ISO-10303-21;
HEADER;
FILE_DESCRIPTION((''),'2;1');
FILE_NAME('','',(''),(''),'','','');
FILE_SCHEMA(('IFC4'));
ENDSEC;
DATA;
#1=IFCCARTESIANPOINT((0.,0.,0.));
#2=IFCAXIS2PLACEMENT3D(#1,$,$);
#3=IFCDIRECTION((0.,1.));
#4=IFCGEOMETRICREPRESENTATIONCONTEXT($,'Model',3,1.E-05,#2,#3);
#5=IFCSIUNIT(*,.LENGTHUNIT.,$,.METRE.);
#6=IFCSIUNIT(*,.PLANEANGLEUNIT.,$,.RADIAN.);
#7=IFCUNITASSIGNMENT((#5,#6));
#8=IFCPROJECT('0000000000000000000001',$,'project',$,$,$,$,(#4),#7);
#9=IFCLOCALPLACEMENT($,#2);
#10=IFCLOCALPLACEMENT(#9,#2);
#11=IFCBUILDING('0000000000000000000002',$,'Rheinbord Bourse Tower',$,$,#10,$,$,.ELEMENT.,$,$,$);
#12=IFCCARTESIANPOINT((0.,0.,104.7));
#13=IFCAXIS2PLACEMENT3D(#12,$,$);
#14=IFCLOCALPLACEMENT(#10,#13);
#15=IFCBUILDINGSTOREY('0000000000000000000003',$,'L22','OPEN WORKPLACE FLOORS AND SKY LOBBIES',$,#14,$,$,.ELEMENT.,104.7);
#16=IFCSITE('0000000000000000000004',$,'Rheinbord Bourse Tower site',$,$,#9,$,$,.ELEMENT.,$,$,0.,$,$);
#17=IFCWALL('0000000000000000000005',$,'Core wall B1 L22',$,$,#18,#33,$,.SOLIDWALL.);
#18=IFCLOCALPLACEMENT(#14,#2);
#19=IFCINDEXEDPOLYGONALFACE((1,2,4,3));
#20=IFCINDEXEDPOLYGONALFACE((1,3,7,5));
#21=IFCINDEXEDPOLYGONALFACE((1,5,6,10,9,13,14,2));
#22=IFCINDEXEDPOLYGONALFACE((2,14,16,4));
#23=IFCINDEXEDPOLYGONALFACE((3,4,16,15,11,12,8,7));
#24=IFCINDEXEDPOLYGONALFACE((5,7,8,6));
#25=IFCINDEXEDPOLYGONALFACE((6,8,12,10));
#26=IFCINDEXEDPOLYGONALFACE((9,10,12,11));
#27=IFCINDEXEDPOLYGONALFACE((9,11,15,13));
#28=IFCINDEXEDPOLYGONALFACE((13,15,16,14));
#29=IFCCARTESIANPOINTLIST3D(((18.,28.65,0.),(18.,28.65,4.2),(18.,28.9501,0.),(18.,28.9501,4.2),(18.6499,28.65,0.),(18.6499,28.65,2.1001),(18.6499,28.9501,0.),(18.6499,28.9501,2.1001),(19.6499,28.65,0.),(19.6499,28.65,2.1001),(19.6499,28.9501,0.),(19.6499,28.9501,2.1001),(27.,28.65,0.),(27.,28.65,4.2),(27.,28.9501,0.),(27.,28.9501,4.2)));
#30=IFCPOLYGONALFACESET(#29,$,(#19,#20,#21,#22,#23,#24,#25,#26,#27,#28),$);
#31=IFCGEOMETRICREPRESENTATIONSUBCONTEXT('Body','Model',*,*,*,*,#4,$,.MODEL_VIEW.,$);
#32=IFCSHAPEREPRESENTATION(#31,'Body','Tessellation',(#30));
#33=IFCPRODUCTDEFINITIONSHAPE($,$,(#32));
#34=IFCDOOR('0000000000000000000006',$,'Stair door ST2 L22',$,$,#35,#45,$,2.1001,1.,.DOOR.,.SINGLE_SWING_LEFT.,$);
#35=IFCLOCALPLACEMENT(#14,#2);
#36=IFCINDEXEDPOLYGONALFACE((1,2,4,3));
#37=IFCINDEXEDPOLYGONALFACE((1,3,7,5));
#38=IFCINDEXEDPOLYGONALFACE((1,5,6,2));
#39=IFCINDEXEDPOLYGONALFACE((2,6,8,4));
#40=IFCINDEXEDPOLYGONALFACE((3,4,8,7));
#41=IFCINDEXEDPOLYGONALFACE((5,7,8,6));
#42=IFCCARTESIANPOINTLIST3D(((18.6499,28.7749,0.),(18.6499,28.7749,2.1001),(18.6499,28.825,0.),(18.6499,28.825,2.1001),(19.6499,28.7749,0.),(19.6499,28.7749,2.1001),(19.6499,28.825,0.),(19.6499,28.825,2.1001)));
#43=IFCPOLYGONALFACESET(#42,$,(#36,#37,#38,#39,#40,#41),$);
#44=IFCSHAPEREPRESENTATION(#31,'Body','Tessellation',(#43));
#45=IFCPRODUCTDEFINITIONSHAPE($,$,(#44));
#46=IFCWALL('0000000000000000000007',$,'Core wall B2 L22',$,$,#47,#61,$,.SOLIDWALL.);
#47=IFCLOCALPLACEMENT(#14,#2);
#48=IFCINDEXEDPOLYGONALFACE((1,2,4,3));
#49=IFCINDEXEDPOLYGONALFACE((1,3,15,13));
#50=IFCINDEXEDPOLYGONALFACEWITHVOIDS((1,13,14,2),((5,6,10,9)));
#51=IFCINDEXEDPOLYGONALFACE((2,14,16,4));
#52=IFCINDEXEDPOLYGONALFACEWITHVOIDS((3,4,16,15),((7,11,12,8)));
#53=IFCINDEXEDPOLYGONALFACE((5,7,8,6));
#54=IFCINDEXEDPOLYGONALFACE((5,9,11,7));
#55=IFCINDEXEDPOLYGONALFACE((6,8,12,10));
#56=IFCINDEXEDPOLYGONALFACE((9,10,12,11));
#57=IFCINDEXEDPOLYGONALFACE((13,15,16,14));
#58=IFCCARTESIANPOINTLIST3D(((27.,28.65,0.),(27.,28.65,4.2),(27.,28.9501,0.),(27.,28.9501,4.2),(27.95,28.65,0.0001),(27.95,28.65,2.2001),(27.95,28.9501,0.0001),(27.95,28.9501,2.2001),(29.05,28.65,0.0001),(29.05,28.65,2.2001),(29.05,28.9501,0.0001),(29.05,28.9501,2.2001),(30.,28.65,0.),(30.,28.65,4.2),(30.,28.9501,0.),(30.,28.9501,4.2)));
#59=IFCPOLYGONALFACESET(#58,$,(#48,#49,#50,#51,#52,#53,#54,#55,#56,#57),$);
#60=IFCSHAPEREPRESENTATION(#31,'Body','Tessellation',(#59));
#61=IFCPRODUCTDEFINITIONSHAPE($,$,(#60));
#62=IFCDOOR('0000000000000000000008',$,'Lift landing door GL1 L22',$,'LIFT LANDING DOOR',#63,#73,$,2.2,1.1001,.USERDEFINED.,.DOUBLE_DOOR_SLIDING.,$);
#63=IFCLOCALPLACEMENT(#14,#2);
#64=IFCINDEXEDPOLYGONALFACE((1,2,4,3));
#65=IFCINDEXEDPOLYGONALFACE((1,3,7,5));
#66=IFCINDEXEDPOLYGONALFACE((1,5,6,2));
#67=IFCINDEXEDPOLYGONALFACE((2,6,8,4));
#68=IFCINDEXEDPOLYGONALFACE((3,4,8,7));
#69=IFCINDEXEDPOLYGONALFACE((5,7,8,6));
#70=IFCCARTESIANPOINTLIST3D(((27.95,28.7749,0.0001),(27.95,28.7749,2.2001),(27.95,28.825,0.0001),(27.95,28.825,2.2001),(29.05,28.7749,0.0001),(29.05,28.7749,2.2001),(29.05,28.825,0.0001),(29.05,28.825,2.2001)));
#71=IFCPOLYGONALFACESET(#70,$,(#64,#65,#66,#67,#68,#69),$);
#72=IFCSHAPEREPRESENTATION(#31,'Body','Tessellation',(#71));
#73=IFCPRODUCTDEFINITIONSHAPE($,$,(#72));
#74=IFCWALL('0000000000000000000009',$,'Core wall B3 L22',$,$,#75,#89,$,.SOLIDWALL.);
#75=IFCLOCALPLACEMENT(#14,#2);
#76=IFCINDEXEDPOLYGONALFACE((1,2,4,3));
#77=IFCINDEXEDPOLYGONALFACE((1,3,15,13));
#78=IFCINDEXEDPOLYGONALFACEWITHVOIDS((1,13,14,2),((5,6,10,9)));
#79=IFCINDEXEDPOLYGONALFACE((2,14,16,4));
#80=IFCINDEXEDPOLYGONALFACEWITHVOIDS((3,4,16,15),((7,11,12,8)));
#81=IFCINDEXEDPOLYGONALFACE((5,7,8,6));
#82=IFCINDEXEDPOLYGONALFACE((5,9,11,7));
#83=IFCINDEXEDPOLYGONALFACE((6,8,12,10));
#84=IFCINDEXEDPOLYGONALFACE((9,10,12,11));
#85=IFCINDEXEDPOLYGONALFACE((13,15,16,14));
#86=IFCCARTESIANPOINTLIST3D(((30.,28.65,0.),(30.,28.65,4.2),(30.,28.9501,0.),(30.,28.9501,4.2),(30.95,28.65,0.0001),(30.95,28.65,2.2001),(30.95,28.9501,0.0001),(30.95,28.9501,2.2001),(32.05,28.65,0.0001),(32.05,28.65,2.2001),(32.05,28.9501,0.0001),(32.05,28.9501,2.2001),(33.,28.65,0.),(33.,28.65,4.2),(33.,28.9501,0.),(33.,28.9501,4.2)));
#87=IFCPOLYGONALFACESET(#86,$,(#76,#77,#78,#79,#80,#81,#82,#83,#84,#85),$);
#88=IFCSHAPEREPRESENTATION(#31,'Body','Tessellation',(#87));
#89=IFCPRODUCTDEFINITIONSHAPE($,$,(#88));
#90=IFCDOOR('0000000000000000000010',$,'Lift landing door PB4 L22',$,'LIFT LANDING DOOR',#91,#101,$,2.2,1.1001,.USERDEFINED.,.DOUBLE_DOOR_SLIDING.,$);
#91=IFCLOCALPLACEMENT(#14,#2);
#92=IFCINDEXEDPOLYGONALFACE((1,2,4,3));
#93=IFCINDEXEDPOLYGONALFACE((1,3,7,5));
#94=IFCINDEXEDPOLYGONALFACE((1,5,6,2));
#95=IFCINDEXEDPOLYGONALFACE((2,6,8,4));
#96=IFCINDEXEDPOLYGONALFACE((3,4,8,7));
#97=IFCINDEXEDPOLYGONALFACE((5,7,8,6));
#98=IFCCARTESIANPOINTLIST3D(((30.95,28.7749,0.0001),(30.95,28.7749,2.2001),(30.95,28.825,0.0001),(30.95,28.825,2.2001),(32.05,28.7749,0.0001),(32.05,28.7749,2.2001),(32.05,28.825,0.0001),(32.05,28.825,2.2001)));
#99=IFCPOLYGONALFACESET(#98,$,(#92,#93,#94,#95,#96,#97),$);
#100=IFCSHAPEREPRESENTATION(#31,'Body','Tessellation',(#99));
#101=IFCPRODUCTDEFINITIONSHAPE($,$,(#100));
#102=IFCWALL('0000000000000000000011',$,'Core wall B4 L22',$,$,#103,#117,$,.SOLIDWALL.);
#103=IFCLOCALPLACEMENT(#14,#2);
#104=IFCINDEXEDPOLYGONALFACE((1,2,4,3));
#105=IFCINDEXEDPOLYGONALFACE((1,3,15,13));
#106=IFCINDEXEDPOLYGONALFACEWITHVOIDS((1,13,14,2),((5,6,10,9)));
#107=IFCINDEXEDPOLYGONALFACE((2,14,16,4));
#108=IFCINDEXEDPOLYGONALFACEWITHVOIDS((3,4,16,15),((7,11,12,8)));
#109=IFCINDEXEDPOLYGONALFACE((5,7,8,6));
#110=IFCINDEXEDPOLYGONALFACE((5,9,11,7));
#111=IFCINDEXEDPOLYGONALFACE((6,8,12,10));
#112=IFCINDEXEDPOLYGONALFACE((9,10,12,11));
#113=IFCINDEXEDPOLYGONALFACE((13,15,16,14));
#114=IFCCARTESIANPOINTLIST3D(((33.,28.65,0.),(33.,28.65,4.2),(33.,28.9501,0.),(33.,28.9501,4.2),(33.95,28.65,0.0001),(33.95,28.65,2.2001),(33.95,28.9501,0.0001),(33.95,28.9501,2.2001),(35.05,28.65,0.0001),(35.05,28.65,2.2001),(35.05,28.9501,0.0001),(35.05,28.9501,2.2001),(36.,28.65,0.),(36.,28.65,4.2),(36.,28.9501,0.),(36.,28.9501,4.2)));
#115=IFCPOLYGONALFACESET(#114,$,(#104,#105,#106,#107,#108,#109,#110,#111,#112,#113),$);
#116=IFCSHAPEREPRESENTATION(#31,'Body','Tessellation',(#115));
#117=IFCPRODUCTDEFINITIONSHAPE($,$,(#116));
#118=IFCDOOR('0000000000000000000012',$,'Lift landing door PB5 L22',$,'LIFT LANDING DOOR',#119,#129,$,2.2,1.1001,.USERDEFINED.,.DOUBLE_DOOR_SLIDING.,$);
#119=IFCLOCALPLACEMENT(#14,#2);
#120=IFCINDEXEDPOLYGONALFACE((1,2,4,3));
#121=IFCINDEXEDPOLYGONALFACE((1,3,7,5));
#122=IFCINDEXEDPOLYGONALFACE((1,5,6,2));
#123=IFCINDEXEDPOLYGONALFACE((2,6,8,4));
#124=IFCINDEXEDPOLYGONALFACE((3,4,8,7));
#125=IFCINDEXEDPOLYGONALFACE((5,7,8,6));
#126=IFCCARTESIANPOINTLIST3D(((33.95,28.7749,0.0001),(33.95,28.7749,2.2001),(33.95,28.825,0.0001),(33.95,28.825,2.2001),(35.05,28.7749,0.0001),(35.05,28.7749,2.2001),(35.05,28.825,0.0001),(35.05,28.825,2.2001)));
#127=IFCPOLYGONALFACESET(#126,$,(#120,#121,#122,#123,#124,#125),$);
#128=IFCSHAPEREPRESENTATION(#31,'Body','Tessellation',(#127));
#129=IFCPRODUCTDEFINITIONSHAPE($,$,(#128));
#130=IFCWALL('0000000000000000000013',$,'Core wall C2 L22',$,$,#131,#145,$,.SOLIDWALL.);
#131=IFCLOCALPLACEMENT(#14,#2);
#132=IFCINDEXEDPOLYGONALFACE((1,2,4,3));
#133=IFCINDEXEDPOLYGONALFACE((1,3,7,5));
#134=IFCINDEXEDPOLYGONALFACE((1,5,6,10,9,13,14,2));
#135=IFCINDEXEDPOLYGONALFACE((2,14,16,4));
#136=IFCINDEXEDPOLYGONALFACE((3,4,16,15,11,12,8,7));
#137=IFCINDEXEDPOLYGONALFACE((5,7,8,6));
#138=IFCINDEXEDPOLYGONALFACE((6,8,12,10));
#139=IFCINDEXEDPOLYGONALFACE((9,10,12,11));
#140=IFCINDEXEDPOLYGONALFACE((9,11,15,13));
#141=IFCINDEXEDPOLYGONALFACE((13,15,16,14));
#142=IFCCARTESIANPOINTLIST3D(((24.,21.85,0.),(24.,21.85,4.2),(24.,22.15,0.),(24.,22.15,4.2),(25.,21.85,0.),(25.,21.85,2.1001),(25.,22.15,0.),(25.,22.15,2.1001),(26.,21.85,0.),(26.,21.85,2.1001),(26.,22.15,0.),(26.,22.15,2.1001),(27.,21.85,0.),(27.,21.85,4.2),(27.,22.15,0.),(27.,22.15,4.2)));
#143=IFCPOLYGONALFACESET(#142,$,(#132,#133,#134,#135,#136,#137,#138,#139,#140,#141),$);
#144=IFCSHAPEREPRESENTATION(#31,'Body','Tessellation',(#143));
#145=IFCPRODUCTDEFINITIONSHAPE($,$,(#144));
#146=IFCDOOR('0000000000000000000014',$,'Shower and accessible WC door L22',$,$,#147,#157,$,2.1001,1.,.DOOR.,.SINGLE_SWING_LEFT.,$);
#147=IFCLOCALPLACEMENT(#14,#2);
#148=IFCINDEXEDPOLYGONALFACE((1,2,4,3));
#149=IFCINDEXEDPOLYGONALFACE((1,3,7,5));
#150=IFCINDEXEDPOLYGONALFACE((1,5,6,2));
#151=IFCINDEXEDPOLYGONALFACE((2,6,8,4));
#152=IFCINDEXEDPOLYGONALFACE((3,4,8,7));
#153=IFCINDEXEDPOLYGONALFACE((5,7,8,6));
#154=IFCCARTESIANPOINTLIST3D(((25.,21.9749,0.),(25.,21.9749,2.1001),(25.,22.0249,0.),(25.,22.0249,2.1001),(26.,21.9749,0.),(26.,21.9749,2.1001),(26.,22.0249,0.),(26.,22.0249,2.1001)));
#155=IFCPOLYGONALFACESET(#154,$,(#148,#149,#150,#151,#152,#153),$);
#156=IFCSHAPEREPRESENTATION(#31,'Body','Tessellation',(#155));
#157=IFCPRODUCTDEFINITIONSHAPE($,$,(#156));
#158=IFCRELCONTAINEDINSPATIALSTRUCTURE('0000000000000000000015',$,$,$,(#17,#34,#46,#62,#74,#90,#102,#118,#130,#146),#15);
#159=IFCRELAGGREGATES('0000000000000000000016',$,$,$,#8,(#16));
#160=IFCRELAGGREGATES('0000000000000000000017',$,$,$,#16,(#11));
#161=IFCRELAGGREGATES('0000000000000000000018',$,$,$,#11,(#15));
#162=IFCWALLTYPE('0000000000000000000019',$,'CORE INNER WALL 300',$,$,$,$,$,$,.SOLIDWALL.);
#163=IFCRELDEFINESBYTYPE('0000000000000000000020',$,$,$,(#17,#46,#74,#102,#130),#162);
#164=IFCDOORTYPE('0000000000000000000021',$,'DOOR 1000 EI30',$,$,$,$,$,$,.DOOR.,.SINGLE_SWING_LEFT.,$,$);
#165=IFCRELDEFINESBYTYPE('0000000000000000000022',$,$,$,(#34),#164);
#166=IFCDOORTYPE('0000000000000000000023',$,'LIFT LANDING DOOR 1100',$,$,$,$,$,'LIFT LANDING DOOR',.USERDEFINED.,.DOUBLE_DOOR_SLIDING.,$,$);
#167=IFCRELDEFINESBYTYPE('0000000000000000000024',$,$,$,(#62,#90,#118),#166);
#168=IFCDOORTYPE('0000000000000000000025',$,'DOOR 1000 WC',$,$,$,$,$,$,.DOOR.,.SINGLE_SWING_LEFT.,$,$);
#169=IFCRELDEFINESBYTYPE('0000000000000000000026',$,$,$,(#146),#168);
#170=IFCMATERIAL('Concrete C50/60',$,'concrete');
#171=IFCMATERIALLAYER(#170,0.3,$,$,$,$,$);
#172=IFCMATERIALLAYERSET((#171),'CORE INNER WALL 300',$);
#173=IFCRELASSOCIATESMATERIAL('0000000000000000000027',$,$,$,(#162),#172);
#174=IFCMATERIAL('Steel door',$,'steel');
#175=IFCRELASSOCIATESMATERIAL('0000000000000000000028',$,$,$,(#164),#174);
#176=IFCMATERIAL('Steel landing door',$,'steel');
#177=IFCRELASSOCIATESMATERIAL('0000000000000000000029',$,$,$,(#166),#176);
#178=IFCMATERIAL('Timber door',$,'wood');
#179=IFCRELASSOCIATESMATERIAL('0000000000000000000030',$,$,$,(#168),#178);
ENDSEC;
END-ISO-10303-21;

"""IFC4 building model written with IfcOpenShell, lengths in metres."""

from ifc_helpers import new_model, si_unit, direction, frame, frame_2d, origin, place, context, subcontext, project, spatial, rectangle, extrude, material, layer, layer_set, type_object, element, fill, save


model = new_model("IFC4")

# Units and contexts
model_context = context("Model", 3, precision=1e-05, world=origin(), true_north=direction((0.0, 1.0)))
body_context = subcontext(model_context, "Body", "Model", "MODEL_VIEW")
ifc_project = project(units=[si_unit("LENGTHUNIT", "METRE"), si_unit("PLANEANGLEUNIT", "RADIAN")], contexts=[model_context])

# Site, building, storey
site_placement = place(None, origin())
site = spatial("IfcSite", under=ifc_project, at=site_placement, Name="Rheinbord Bourse Tower site", CompositionType="ELEMENT", RefElevation=0.0)
building_placement = place(site_placement, origin())
building = spatial("IfcBuilding", under=site, at=building_placement, Name="Rheinbord Bourse Tower", CompositionType="ELEMENT")
storey_placement = place(building_placement, frame((0.0, 0.0, 104.7)))
storey = spatial("IfcBuildingStorey", under=building, at=storey_placement, Name="L22", Description="OPEN WORKPLACE FLOORS AND SKY LOBBIES", CompositionType="ELEMENT", Elevation=104.7)

# Walls, openings, doors
ifc_material_1 = material(Name="Concrete C50/60", Category="concrete")
ifc_layer_1 = layer(ifc_material_1, 0.3)
ifc_layer_set_1 = layer_set([ifc_layer_1], Name="CORE INNER WALL 300")
wall_type_1 = type_object("IfcWallType", Name="CORE INNER WALL 300", PredefinedType="SOLIDWALL", material=ifc_layer_set_1)
wall_1_placement = place(storey_placement, frame((18.0, 28.8, 0.0), z_axis=(0.0, 0.0, 1.0), x_axis=(1.0, 0.0, 0.0)))
wall_1 = element("IfcWall", 1, at=wall_1_placement, inside=storey, type_object=wall_type_1, Name="Core wall B1 L22", PredefinedType="SOLIDWALL", context=body_context, shape_type="SweptSolid", body=[
    extrude(rectangle(XDim=9.0, YDim=0.3, at=frame_2d((4.5, 0.0))), origin(), (0.0, 0.0, 1.0), 4.2),
])
opening_1_placement = place(wall_1_placement, frame((0.6499, 0.0, 0.0)))
opening_1 = element("IfcOpeningElement", 2, at=opening_1_placement, cuts=wall_1, PredefinedType="OPENING", context=body_context, shape_type="SweptSolid", body=[
    extrude(rectangle(XDim=1.0, YDim=2.1001, at=frame_2d((0.5, 1.05))), frame((0.0, 0.1599, 0.0), z_axis=(0.0, -1.0, 0.0), x_axis=(1.0, 0.0, 0.0)), (0.0, 0.0, 1.0), 0.3201),
])
ifc_material_2 = material(Name="Steel door", Category="steel")
door_type_1 = type_object("IfcDoorType", Name="DOOR 1000 EI30", OperationType="SINGLE_SWING_LEFT", PredefinedType="DOOR", material=ifc_material_2)
door_1_placement = place(opening_1_placement, origin())
door_1 = element("IfcDoor", 3, at=door_1_placement, inside=storey, type_object=door_type_1, Name="Stair door ST2 L22", OperationType="SINGLE_SWING_LEFT", OverallHeight=2.1001, OverallWidth=1.0, PredefinedType="DOOR", context=body_context, shape_type="SweptSolid", body=[
    extrude(rectangle(XDim=1.0, YDim=2.1001, at=frame_2d((0.5, 1.05))), frame((0.0, 0.0249, 0.0), z_axis=(0.0, -1.0, 0.0), x_axis=(1.0, 0.0, 0.0)), (0.0, 0.0, 1.0), 0.05),
])
fill(opening_1, door_1)
wall_2_placement = place(storey_placement, frame((27.0, 28.8, 0.0), z_axis=(0.0, 0.0, 1.0), x_axis=(1.0, 0.0, 0.0)))
wall_2 = element("IfcWall", 4, at=wall_2_placement, inside=storey, type_object=wall_type_1, Name="Core wall B2 L22", PredefinedType="SOLIDWALL", context=body_context, shape_type="SweptSolid", body=[
    extrude(rectangle(XDim=3.0, YDim=0.3, at=frame_2d((1.5, 0.0))), origin(), (0.0, 0.0, 1.0), 4.2),
])
opening_2_placement = place(wall_2_placement, frame((0.95, 0.0, 0.0)))
opening_2 = element("IfcOpeningElement", 5, at=opening_2_placement, cuts=wall_2, PredefinedType="OPENING", context=body_context, shape_type="SweptSolid", body=[
    extrude(rectangle(XDim=1.1001, YDim=2.2, at=frame_2d((0.55, 1.1001))), frame((0.0, 0.1599, 0.0), z_axis=(0.0, -1.0, 0.0), x_axis=(1.0, 0.0, 0.0)), (0.0, 0.0, 1.0), 0.3201),
])
ifc_material_3 = material(Name="Steel landing door", Category="steel")
door_type_2 = type_object("IfcDoorType", Name="LIFT LANDING DOOR 1100", ElementType="LIFT LANDING DOOR", OperationType="DOUBLE_DOOR_SLIDING", PredefinedType="USERDEFINED", material=ifc_material_3)
door_2_placement = place(opening_2_placement, origin())
door_2 = element("IfcDoor", 6, at=door_2_placement, inside=storey, type_object=door_type_2, Name="Lift landing door GL1 L22", ObjectType="LIFT LANDING DOOR", OperationType="DOUBLE_DOOR_SLIDING", OverallHeight=2.2, OverallWidth=1.1001, PredefinedType="USERDEFINED", context=body_context, shape_type="SweptSolid", body=[
    extrude(rectangle(XDim=1.1001, YDim=2.2, at=frame_2d((0.55, 1.1001))), frame((0.0, 0.0249, 0.0), z_axis=(0.0, -1.0, 0.0), x_axis=(1.0, 0.0, 0.0)), (0.0, 0.0, 1.0), 0.05),
])
fill(opening_2, door_2)
wall_3_placement = place(storey_placement, frame((30.0, 28.8, 0.0), z_axis=(0.0, 0.0, 1.0), x_axis=(1.0, 0.0, 0.0)))
wall_3 = element("IfcWall", 7, at=wall_3_placement, inside=storey, type_object=wall_type_1, Name="Core wall B3 L22", PredefinedType="SOLIDWALL", context=body_context, shape_type="SweptSolid", body=[
    extrude(rectangle(XDim=3.0, YDim=0.3, at=frame_2d((1.5, 0.0))), origin(), (0.0, 0.0, 1.0), 4.2),
])
opening_3_placement = place(wall_3_placement, frame((0.95, 0.0, 0.0)))
opening_3 = element("IfcOpeningElement", 8, at=opening_3_placement, cuts=wall_3, PredefinedType="OPENING", context=body_context, shape_type="SweptSolid", body=[
    extrude(rectangle(XDim=1.1001, YDim=2.2, at=frame_2d((0.55, 1.1001))), frame((0.0, 0.1599, 0.0), z_axis=(0.0, -1.0, 0.0), x_axis=(1.0, 0.0, 0.0)), (0.0, 0.0, 1.0), 0.3201),
])
door_3_placement = place(opening_3_placement, origin())
door_3 = element("IfcDoor", 9, at=door_3_placement, inside=storey, type_object=door_type_2, Name="Lift landing door PB4 L22", ObjectType="LIFT LANDING DOOR", OperationType="DOUBLE_DOOR_SLIDING", OverallHeight=2.2, OverallWidth=1.1001, PredefinedType="USERDEFINED", context=body_context, shape_type="SweptSolid", body=[
    extrude(rectangle(XDim=1.1001, YDim=2.2, at=frame_2d((0.55, 1.1001))), frame((0.0, 0.0249, 0.0), z_axis=(0.0, -1.0, 0.0), x_axis=(1.0, 0.0, 0.0)), (0.0, 0.0, 1.0), 0.05),
])
fill(opening_3, door_3)
wall_4_placement = place(storey_placement, frame((33.0, 28.8, 0.0), z_axis=(0.0, 0.0, 1.0), x_axis=(1.0, 0.0, 0.0)))
wall_4 = element("IfcWall", 10, at=wall_4_placement, inside=storey, type_object=wall_type_1, Name="Core wall B4 L22", PredefinedType="SOLIDWALL", context=body_context, shape_type="SweptSolid", body=[
    extrude(rectangle(XDim=3.0, YDim=0.3, at=frame_2d((1.5, 0.0))), origin(), (0.0, 0.0, 1.0), 4.2),
])
opening_4_placement = place(wall_4_placement, frame((0.95, 0.0, 0.0)))
opening_4 = element("IfcOpeningElement", 11, at=opening_4_placement, cuts=wall_4, PredefinedType="OPENING", context=body_context, shape_type="SweptSolid", body=[
    extrude(rectangle(XDim=1.1001, YDim=2.2, at=frame_2d((0.55, 1.1001))), frame((0.0, 0.1599, 0.0), z_axis=(0.0, -1.0, 0.0), x_axis=(1.0, 0.0, 0.0)), (0.0, 0.0, 1.0), 0.3201),
])
door_4_placement = place(opening_4_placement, origin())
door_4 = element("IfcDoor", 12, at=door_4_placement, inside=storey, type_object=door_type_2, Name="Lift landing door PB5 L22", ObjectType="LIFT LANDING DOOR", OperationType="DOUBLE_DOOR_SLIDING", OverallHeight=2.2, OverallWidth=1.1001, PredefinedType="USERDEFINED", context=body_context, shape_type="SweptSolid", body=[
    extrude(rectangle(XDim=1.1001, YDim=2.2, at=frame_2d((0.55, 1.1001))), frame((0.0, 0.0249, 0.0), z_axis=(0.0, -1.0, 0.0), x_axis=(1.0, 0.0, 0.0)), (0.0, 0.0, 1.0), 0.05),
])
fill(opening_4, door_4)
wall_5_placement = place(storey_placement, frame((24.0, 22.0, 0.0), z_axis=(0.0, 0.0, 1.0), x_axis=(1.0, 0.0, 0.0)))
wall_5 = element("IfcWall", 13, at=wall_5_placement, inside=storey, type_object=wall_type_1, Name="Core wall C2 L22", PredefinedType="SOLIDWALL", context=body_context, shape_type="SweptSolid", body=[
    extrude(rectangle(XDim=3.0, YDim=0.3, at=frame_2d((1.5, 0.0))), origin(), (0.0, 0.0, 1.0), 4.2),
])
opening_5_placement = place(wall_5_placement, frame((1.0, 0.0, 0.0)))
opening_5 = element("IfcOpeningElement", 14, at=opening_5_placement, cuts=wall_5, PredefinedType="OPENING", context=body_context, shape_type="SweptSolid", body=[
    extrude(rectangle(XDim=1.0, YDim=2.1001, at=frame_2d((0.5, 1.05))), frame((0.0, 0.1599, 0.0), z_axis=(0.0, -1.0, 0.0), x_axis=(1.0, 0.0, 0.0)), (0.0, 0.0, 1.0), 0.3201),
])
ifc_material_4 = material(Name="Timber door", Category="wood")
door_type_3 = type_object("IfcDoorType", Name="DOOR 1000 WC", OperationType="SINGLE_SWING_LEFT", PredefinedType="DOOR", material=ifc_material_4)
door_5_placement = place(opening_5_placement, origin())
door_5 = element("IfcDoor", 15, at=door_5_placement, inside=storey, type_object=door_type_3, Name="Shower and accessible WC door L22", OperationType="SINGLE_SWING_LEFT", OverallHeight=2.1001, OverallWidth=1.0, PredefinedType="DOOR", context=body_context, shape_type="SweptSolid", body=[
    extrude(rectangle(XDim=1.0, YDim=2.1001, at=frame_2d((0.5, 1.05))), frame((0.0, 0.0249, 0.0), z_axis=(0.0, -1.0, 0.0), x_axis=(1.0, 0.0, 0.0)), (0.0, 0.0, 1.0), 0.05),
])
fill(opening_5, door_5)

save(model, "model.ifc")
